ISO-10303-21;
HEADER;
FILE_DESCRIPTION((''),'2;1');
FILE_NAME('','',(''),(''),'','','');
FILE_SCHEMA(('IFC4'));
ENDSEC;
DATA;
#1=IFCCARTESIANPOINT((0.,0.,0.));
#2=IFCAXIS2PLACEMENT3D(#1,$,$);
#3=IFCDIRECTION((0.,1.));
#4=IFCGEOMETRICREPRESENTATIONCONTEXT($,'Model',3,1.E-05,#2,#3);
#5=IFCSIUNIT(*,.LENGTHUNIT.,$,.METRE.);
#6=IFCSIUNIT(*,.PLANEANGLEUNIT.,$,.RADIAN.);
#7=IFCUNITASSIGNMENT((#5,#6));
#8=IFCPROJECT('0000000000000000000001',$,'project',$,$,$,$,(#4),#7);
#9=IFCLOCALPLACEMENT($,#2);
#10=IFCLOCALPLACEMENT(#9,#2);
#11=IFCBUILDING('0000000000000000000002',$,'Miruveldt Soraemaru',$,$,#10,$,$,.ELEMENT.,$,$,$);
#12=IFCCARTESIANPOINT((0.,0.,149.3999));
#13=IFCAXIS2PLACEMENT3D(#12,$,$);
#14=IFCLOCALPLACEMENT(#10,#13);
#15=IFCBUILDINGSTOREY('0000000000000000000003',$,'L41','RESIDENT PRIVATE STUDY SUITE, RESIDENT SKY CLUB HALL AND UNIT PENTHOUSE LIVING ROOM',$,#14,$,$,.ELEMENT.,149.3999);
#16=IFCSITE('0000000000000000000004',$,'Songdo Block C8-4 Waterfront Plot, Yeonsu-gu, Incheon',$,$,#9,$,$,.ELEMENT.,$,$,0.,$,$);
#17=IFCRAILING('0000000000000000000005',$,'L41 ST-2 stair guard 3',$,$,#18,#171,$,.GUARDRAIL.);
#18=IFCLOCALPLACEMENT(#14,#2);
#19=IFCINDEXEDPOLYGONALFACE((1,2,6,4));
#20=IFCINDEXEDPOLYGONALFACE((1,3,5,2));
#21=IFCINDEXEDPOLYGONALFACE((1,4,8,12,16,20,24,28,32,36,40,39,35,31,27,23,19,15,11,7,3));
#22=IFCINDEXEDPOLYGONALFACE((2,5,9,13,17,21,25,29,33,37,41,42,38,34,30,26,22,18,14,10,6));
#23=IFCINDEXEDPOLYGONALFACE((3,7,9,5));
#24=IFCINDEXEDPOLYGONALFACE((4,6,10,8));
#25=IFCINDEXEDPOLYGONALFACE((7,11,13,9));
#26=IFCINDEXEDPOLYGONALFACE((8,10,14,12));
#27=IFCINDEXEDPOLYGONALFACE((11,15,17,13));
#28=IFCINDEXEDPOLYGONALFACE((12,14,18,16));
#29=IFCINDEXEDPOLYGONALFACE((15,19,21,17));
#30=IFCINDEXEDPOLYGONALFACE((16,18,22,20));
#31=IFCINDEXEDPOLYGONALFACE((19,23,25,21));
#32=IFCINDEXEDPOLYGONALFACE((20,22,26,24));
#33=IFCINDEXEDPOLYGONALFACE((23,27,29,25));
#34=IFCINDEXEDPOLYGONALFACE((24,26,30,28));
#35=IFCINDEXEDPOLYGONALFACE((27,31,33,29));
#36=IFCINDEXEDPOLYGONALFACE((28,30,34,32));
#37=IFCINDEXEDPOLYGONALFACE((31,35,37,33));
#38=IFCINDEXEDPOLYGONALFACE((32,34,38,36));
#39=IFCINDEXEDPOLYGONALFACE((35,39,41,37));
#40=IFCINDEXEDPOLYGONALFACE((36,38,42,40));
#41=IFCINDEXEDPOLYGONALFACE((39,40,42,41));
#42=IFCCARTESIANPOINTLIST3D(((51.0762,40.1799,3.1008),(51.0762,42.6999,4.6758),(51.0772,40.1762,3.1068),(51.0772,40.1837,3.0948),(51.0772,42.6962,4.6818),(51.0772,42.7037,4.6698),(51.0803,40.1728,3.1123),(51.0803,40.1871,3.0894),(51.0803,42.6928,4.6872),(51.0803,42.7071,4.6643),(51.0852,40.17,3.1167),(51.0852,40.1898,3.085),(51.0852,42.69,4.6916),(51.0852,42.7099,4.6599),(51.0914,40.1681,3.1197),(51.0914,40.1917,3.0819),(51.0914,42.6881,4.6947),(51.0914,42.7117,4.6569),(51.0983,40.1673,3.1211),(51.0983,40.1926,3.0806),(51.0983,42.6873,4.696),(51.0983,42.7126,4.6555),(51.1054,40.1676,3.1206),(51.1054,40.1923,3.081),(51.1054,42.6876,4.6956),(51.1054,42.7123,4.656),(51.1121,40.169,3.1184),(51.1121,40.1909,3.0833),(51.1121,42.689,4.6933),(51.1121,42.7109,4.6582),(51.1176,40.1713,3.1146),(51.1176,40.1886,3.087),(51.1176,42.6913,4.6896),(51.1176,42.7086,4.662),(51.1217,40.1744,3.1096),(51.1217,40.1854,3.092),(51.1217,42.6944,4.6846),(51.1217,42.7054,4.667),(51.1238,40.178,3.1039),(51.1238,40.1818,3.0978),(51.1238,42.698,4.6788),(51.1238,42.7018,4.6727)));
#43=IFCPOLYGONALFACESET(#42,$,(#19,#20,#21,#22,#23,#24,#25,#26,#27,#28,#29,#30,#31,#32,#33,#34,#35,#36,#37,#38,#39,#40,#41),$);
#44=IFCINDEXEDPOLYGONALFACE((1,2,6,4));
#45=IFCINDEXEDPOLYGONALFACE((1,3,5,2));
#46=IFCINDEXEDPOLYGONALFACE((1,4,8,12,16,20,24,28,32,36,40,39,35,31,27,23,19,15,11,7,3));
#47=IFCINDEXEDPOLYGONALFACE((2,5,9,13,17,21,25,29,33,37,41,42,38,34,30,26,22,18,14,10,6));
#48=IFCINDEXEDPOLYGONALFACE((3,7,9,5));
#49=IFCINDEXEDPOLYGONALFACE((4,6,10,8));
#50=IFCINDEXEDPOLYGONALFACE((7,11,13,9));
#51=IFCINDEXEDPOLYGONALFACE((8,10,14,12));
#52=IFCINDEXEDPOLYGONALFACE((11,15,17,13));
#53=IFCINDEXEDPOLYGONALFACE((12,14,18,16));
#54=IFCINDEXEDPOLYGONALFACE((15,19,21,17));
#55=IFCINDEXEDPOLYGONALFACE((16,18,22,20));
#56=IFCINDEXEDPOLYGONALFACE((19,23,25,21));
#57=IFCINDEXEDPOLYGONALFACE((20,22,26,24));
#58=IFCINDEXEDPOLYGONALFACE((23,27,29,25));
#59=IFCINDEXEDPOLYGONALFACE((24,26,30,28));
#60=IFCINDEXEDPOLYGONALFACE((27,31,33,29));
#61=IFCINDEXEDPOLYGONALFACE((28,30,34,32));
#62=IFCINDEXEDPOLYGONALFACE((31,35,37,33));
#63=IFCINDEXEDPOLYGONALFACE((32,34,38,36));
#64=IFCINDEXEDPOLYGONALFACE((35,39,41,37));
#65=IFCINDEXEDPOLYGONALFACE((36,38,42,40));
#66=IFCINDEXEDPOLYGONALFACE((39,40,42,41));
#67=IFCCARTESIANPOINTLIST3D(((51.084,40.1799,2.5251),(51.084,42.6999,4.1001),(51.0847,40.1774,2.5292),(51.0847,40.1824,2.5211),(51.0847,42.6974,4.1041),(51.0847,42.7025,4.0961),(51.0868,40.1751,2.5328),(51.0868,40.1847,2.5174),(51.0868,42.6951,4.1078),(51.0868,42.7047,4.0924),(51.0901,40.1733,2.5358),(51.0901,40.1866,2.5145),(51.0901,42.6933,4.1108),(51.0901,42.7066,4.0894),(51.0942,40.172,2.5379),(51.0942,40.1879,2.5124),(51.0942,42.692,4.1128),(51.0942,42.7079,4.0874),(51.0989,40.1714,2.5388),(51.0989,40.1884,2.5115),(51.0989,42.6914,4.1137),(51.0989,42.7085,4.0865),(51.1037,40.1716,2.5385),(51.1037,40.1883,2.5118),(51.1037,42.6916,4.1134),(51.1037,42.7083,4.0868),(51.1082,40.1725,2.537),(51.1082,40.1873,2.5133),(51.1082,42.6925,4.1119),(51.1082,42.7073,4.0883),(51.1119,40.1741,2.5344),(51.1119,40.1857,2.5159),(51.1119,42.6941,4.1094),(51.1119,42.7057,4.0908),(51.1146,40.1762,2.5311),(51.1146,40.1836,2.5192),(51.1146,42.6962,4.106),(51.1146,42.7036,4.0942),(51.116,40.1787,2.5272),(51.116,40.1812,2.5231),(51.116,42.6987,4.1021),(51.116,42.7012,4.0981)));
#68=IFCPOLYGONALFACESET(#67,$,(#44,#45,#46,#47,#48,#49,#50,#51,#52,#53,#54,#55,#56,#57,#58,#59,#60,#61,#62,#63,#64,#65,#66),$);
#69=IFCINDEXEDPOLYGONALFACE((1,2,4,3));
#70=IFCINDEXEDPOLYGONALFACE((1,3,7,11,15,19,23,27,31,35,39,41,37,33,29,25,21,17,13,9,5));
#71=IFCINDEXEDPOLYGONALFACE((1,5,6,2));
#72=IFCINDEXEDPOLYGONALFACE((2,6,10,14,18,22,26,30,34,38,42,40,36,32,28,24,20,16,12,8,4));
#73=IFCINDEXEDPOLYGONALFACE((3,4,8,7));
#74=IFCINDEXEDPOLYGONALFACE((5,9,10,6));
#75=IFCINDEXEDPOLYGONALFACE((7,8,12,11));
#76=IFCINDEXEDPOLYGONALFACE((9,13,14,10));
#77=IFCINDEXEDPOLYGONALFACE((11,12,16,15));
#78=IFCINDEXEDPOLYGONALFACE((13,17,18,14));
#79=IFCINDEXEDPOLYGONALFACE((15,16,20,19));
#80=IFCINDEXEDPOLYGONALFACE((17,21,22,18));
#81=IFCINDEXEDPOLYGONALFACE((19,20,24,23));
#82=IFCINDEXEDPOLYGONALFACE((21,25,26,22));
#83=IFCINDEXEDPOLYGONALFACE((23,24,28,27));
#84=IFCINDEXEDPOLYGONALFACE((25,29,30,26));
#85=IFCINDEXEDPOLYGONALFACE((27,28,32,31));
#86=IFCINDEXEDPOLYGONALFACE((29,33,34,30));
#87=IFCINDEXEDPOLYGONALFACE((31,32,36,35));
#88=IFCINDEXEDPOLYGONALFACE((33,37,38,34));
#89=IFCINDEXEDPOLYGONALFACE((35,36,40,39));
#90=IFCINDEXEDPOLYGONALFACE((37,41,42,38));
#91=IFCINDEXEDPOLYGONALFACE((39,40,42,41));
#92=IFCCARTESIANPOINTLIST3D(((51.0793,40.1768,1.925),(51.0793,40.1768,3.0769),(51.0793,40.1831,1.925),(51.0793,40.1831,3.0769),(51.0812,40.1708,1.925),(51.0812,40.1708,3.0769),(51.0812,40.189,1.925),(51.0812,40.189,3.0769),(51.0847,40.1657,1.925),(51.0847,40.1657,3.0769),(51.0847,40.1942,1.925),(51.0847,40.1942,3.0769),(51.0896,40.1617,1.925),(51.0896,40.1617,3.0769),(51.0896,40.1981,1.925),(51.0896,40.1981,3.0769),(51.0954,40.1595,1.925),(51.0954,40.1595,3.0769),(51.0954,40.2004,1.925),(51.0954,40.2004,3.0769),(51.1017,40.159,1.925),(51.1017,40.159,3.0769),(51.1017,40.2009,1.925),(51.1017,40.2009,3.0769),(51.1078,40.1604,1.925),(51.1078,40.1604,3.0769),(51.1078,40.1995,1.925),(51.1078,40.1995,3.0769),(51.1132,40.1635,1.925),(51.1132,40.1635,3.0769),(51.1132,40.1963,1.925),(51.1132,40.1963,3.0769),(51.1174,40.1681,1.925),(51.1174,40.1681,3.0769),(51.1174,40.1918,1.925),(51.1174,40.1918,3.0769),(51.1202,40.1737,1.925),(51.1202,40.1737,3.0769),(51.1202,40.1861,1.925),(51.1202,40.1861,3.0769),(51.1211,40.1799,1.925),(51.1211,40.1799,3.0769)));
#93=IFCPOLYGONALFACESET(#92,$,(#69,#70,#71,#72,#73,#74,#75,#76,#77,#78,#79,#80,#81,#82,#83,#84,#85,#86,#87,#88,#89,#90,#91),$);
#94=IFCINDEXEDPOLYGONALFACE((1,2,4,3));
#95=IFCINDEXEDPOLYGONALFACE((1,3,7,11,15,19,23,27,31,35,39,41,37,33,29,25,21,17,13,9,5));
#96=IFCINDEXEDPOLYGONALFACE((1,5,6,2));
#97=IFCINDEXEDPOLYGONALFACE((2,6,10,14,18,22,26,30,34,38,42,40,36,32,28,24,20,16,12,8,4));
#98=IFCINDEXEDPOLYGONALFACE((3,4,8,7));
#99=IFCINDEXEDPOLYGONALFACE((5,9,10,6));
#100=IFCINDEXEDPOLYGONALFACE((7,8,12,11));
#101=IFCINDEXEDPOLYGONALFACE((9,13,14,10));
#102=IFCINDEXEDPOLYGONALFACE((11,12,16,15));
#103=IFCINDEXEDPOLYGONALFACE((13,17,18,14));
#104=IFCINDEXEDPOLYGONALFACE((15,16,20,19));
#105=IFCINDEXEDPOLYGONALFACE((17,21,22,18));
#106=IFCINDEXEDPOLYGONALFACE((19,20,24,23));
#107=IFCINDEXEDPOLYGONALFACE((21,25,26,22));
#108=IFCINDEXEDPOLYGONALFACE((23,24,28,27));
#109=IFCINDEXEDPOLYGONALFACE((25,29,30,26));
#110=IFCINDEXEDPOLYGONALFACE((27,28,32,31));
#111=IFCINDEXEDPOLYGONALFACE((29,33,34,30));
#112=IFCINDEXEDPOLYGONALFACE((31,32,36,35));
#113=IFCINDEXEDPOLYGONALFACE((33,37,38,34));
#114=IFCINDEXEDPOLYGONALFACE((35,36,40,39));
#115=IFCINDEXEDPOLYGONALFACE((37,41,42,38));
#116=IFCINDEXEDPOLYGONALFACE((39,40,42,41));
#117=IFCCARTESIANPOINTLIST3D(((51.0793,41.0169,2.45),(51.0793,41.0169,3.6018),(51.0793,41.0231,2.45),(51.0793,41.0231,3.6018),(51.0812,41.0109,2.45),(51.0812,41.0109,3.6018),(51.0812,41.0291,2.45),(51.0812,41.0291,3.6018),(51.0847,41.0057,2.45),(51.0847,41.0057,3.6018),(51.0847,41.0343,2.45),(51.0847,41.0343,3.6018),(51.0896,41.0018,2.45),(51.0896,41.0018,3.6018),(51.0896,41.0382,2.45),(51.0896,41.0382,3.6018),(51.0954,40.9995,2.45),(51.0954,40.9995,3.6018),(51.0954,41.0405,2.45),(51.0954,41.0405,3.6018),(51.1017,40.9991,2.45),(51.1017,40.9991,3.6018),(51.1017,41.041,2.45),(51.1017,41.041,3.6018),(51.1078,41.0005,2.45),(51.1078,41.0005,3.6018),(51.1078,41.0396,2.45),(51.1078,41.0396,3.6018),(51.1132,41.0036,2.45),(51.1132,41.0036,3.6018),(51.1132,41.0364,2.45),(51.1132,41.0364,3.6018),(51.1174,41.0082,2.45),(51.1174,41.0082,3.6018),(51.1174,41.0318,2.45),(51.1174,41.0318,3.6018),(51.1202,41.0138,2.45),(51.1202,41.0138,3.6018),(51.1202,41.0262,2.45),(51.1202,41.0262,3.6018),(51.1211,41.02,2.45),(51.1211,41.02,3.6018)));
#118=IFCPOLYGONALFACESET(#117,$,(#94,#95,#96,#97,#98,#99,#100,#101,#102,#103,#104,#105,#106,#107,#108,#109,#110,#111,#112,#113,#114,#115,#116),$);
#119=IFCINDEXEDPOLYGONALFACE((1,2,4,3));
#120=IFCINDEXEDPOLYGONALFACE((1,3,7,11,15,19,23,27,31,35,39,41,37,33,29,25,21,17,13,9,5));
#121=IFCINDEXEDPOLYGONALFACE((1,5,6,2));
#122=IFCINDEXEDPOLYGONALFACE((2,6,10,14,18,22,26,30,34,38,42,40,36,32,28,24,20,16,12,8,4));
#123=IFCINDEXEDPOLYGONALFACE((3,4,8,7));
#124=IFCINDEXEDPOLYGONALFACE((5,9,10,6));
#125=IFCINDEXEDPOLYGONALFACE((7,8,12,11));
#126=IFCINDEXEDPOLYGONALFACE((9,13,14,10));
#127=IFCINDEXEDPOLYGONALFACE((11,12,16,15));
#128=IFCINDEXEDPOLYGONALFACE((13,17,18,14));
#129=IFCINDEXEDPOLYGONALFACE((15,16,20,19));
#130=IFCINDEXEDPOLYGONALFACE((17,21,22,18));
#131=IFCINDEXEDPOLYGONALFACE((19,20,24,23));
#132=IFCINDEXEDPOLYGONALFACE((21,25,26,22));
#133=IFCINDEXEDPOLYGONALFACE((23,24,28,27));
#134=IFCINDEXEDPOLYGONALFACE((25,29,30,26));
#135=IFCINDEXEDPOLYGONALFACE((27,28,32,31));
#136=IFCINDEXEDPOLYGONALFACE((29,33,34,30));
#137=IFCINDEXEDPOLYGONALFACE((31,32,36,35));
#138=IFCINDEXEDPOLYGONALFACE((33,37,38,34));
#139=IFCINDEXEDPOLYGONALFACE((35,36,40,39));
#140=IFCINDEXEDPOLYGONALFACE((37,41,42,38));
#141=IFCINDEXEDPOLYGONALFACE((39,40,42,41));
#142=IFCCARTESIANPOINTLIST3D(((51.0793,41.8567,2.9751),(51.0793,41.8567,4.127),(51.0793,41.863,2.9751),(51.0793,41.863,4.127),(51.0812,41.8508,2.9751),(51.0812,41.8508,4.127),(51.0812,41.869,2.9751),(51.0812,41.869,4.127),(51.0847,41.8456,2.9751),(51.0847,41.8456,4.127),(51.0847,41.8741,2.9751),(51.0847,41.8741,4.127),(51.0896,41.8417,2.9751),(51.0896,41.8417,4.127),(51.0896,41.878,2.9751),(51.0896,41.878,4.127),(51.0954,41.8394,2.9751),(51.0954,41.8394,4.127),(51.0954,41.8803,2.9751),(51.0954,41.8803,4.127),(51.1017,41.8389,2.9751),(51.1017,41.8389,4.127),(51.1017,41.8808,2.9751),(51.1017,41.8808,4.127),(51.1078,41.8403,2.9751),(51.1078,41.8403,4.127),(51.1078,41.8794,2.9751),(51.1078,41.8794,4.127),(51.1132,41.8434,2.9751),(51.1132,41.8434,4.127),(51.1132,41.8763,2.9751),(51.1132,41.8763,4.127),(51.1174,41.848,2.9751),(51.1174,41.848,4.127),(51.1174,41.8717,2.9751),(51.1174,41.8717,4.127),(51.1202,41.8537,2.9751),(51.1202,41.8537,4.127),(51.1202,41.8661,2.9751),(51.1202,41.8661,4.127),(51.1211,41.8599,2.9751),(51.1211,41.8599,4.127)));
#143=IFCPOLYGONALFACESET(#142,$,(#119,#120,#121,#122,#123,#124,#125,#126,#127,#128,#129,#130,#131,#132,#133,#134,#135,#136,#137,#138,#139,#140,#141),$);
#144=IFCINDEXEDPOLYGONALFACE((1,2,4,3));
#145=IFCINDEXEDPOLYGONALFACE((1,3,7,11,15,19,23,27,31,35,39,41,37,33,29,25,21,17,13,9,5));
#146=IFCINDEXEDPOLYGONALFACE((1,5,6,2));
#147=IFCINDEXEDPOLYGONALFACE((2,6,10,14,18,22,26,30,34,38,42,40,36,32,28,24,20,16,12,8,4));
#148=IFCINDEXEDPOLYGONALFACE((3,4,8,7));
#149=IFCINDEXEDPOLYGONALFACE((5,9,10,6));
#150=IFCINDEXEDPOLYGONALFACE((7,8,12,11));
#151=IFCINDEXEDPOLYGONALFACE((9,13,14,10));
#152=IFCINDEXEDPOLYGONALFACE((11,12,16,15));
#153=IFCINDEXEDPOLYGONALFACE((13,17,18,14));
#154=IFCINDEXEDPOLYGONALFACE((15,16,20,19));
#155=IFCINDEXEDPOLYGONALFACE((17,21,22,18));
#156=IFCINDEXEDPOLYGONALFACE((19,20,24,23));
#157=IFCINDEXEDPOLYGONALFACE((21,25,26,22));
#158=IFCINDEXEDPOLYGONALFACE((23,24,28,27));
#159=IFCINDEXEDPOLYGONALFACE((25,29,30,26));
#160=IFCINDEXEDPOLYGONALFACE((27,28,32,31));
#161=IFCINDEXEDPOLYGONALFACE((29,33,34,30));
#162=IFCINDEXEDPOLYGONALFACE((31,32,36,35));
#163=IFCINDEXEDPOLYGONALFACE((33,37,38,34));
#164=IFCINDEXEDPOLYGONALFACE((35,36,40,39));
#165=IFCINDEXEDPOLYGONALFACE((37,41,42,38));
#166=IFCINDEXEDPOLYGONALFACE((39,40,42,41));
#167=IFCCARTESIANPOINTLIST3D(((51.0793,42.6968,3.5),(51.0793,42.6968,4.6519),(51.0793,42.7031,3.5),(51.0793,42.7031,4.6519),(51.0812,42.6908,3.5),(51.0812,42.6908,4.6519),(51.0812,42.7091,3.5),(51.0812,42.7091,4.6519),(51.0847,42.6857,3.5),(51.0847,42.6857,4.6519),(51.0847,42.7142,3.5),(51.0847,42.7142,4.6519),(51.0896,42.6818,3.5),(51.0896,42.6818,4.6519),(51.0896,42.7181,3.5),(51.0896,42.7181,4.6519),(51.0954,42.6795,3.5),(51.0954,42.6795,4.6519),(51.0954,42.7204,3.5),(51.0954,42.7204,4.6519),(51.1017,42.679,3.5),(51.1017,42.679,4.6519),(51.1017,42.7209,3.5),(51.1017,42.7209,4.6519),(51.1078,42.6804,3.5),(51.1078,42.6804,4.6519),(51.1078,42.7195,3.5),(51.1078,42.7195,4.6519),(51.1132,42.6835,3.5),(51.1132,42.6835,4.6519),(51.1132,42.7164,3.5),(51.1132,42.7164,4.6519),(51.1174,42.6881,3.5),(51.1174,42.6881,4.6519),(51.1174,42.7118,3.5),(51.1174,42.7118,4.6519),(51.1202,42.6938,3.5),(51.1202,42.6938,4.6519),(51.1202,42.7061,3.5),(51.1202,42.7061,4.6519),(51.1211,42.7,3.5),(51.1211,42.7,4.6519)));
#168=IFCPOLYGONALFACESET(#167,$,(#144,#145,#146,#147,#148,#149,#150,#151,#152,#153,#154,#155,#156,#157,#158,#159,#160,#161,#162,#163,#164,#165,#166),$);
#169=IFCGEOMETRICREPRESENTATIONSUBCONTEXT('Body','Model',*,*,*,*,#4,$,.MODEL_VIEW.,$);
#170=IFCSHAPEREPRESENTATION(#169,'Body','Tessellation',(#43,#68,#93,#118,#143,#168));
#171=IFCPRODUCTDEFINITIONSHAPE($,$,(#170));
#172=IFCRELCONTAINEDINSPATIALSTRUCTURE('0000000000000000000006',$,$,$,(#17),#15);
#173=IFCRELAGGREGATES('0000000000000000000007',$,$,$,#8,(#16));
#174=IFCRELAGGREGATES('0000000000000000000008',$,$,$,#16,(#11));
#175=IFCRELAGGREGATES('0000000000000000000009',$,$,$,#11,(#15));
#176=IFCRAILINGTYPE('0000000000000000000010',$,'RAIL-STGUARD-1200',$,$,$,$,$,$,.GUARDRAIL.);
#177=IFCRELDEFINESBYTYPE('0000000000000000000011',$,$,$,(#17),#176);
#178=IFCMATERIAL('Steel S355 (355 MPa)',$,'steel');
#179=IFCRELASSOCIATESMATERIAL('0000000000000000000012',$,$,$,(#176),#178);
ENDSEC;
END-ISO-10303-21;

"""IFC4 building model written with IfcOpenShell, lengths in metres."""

from ifc_helpers import new_model, si_unit, direction, frame, origin, origin_2d, place, context, subcontext, project, spatial, circle, extrude, material, type_object, element, save


model = new_model("IFC4")

# Units and contexts
model_context = context("Model", 3, precision=1e-05, world=origin(), true_north=direction((0.0, 1.0)))
body_context = subcontext(model_context, "Body", "Model", "MODEL_VIEW")
ifc_project = project(units=[si_unit("LENGTHUNIT", "METRE"), si_unit("PLANEANGLEUNIT", "RADIAN")], contexts=[model_context])

# Site, building, storey
site_placement = place(None, origin())
site = spatial("IfcSite", under=ifc_project, at=site_placement, Name="Songdo Block C8-4 Waterfront Plot, Yeonsu-gu, Incheon", CompositionType="ELEMENT", RefElevation=0.0)
building_placement = place(site_placement, origin())
building = spatial("IfcBuilding", under=site, at=building_placement, Name="Miruveldt Soraemaru", CompositionType="ELEMENT")
storey_placement = place(building_placement, frame((0.0, 0.0, 149.3999)))
storey = spatial("IfcBuildingStorey", under=building, at=storey_placement, Name="L41", Description="RESIDENT PRIVATE STUDY SUITE, RESIDENT SKY CLUB HALL AND UNIT PENTHOUSE LIVING ROOM", CompositionType="ELEMENT", Elevation=149.3999)

# Railing
ifc_material_1 = material(Name="Steel S355 (355 MPa)", Category="steel")
railing_type_1 = type_object("IfcRailingType", Name="RAIL-STGUARD-1200", PredefinedType="GUARDRAIL", material=ifc_material_1)
railing_1_placement = place(storey_placement, frame((51.1001, 40.1799, 1.925)))
element("IfcRailing", 1, at=railing_1_placement, inside=storey, type_object=railing_type_1, Name="L41 ST-2 stair guard 3", PredefinedType="GUARDRAIL", context=body_context, shape_type="SweptSolid", body=[
    extrude(circle(Radius=0.0239, at=origin_2d()), frame((0.0, 0.0, 1.1758), z_axis=(0.0, 0.848008, 0.529984), x_axis=(-1.0, 0.0, 0.0)), (0.0, 0.0, 1.0), 2.9717),
    extrude(circle(Radius=0.0161, at=origin_2d()), frame((0.0, 0.0, 0.6001), z_axis=(0.0, 0.848008, 0.529984), x_axis=(-1.0, 0.0, 0.0)), (0.0, 0.0, 1.0), 2.9717),
    extrude(circle(Radius=0.021, at=origin_2d()), origin(), (0.0, 0.0, 1.0), 1.1519),
    extrude(circle(Radius=0.021, at=origin_2d()), frame((0.0, 0.8401, 0.5249)), (0.0, 0.0, 1.0), 1.1519),
    extrude(circle(Radius=0.021, at=origin_2d()), frame((0.0, 1.6799, 1.05)), (0.0, 0.0, 1.0), 1.1519),
    extrude(circle(Radius=0.021, at=origin_2d()), frame((0.0, 2.52, 1.575)), (0.0, 0.0, 1.0), 1.1519),
])

save(model, "model.ifc")
